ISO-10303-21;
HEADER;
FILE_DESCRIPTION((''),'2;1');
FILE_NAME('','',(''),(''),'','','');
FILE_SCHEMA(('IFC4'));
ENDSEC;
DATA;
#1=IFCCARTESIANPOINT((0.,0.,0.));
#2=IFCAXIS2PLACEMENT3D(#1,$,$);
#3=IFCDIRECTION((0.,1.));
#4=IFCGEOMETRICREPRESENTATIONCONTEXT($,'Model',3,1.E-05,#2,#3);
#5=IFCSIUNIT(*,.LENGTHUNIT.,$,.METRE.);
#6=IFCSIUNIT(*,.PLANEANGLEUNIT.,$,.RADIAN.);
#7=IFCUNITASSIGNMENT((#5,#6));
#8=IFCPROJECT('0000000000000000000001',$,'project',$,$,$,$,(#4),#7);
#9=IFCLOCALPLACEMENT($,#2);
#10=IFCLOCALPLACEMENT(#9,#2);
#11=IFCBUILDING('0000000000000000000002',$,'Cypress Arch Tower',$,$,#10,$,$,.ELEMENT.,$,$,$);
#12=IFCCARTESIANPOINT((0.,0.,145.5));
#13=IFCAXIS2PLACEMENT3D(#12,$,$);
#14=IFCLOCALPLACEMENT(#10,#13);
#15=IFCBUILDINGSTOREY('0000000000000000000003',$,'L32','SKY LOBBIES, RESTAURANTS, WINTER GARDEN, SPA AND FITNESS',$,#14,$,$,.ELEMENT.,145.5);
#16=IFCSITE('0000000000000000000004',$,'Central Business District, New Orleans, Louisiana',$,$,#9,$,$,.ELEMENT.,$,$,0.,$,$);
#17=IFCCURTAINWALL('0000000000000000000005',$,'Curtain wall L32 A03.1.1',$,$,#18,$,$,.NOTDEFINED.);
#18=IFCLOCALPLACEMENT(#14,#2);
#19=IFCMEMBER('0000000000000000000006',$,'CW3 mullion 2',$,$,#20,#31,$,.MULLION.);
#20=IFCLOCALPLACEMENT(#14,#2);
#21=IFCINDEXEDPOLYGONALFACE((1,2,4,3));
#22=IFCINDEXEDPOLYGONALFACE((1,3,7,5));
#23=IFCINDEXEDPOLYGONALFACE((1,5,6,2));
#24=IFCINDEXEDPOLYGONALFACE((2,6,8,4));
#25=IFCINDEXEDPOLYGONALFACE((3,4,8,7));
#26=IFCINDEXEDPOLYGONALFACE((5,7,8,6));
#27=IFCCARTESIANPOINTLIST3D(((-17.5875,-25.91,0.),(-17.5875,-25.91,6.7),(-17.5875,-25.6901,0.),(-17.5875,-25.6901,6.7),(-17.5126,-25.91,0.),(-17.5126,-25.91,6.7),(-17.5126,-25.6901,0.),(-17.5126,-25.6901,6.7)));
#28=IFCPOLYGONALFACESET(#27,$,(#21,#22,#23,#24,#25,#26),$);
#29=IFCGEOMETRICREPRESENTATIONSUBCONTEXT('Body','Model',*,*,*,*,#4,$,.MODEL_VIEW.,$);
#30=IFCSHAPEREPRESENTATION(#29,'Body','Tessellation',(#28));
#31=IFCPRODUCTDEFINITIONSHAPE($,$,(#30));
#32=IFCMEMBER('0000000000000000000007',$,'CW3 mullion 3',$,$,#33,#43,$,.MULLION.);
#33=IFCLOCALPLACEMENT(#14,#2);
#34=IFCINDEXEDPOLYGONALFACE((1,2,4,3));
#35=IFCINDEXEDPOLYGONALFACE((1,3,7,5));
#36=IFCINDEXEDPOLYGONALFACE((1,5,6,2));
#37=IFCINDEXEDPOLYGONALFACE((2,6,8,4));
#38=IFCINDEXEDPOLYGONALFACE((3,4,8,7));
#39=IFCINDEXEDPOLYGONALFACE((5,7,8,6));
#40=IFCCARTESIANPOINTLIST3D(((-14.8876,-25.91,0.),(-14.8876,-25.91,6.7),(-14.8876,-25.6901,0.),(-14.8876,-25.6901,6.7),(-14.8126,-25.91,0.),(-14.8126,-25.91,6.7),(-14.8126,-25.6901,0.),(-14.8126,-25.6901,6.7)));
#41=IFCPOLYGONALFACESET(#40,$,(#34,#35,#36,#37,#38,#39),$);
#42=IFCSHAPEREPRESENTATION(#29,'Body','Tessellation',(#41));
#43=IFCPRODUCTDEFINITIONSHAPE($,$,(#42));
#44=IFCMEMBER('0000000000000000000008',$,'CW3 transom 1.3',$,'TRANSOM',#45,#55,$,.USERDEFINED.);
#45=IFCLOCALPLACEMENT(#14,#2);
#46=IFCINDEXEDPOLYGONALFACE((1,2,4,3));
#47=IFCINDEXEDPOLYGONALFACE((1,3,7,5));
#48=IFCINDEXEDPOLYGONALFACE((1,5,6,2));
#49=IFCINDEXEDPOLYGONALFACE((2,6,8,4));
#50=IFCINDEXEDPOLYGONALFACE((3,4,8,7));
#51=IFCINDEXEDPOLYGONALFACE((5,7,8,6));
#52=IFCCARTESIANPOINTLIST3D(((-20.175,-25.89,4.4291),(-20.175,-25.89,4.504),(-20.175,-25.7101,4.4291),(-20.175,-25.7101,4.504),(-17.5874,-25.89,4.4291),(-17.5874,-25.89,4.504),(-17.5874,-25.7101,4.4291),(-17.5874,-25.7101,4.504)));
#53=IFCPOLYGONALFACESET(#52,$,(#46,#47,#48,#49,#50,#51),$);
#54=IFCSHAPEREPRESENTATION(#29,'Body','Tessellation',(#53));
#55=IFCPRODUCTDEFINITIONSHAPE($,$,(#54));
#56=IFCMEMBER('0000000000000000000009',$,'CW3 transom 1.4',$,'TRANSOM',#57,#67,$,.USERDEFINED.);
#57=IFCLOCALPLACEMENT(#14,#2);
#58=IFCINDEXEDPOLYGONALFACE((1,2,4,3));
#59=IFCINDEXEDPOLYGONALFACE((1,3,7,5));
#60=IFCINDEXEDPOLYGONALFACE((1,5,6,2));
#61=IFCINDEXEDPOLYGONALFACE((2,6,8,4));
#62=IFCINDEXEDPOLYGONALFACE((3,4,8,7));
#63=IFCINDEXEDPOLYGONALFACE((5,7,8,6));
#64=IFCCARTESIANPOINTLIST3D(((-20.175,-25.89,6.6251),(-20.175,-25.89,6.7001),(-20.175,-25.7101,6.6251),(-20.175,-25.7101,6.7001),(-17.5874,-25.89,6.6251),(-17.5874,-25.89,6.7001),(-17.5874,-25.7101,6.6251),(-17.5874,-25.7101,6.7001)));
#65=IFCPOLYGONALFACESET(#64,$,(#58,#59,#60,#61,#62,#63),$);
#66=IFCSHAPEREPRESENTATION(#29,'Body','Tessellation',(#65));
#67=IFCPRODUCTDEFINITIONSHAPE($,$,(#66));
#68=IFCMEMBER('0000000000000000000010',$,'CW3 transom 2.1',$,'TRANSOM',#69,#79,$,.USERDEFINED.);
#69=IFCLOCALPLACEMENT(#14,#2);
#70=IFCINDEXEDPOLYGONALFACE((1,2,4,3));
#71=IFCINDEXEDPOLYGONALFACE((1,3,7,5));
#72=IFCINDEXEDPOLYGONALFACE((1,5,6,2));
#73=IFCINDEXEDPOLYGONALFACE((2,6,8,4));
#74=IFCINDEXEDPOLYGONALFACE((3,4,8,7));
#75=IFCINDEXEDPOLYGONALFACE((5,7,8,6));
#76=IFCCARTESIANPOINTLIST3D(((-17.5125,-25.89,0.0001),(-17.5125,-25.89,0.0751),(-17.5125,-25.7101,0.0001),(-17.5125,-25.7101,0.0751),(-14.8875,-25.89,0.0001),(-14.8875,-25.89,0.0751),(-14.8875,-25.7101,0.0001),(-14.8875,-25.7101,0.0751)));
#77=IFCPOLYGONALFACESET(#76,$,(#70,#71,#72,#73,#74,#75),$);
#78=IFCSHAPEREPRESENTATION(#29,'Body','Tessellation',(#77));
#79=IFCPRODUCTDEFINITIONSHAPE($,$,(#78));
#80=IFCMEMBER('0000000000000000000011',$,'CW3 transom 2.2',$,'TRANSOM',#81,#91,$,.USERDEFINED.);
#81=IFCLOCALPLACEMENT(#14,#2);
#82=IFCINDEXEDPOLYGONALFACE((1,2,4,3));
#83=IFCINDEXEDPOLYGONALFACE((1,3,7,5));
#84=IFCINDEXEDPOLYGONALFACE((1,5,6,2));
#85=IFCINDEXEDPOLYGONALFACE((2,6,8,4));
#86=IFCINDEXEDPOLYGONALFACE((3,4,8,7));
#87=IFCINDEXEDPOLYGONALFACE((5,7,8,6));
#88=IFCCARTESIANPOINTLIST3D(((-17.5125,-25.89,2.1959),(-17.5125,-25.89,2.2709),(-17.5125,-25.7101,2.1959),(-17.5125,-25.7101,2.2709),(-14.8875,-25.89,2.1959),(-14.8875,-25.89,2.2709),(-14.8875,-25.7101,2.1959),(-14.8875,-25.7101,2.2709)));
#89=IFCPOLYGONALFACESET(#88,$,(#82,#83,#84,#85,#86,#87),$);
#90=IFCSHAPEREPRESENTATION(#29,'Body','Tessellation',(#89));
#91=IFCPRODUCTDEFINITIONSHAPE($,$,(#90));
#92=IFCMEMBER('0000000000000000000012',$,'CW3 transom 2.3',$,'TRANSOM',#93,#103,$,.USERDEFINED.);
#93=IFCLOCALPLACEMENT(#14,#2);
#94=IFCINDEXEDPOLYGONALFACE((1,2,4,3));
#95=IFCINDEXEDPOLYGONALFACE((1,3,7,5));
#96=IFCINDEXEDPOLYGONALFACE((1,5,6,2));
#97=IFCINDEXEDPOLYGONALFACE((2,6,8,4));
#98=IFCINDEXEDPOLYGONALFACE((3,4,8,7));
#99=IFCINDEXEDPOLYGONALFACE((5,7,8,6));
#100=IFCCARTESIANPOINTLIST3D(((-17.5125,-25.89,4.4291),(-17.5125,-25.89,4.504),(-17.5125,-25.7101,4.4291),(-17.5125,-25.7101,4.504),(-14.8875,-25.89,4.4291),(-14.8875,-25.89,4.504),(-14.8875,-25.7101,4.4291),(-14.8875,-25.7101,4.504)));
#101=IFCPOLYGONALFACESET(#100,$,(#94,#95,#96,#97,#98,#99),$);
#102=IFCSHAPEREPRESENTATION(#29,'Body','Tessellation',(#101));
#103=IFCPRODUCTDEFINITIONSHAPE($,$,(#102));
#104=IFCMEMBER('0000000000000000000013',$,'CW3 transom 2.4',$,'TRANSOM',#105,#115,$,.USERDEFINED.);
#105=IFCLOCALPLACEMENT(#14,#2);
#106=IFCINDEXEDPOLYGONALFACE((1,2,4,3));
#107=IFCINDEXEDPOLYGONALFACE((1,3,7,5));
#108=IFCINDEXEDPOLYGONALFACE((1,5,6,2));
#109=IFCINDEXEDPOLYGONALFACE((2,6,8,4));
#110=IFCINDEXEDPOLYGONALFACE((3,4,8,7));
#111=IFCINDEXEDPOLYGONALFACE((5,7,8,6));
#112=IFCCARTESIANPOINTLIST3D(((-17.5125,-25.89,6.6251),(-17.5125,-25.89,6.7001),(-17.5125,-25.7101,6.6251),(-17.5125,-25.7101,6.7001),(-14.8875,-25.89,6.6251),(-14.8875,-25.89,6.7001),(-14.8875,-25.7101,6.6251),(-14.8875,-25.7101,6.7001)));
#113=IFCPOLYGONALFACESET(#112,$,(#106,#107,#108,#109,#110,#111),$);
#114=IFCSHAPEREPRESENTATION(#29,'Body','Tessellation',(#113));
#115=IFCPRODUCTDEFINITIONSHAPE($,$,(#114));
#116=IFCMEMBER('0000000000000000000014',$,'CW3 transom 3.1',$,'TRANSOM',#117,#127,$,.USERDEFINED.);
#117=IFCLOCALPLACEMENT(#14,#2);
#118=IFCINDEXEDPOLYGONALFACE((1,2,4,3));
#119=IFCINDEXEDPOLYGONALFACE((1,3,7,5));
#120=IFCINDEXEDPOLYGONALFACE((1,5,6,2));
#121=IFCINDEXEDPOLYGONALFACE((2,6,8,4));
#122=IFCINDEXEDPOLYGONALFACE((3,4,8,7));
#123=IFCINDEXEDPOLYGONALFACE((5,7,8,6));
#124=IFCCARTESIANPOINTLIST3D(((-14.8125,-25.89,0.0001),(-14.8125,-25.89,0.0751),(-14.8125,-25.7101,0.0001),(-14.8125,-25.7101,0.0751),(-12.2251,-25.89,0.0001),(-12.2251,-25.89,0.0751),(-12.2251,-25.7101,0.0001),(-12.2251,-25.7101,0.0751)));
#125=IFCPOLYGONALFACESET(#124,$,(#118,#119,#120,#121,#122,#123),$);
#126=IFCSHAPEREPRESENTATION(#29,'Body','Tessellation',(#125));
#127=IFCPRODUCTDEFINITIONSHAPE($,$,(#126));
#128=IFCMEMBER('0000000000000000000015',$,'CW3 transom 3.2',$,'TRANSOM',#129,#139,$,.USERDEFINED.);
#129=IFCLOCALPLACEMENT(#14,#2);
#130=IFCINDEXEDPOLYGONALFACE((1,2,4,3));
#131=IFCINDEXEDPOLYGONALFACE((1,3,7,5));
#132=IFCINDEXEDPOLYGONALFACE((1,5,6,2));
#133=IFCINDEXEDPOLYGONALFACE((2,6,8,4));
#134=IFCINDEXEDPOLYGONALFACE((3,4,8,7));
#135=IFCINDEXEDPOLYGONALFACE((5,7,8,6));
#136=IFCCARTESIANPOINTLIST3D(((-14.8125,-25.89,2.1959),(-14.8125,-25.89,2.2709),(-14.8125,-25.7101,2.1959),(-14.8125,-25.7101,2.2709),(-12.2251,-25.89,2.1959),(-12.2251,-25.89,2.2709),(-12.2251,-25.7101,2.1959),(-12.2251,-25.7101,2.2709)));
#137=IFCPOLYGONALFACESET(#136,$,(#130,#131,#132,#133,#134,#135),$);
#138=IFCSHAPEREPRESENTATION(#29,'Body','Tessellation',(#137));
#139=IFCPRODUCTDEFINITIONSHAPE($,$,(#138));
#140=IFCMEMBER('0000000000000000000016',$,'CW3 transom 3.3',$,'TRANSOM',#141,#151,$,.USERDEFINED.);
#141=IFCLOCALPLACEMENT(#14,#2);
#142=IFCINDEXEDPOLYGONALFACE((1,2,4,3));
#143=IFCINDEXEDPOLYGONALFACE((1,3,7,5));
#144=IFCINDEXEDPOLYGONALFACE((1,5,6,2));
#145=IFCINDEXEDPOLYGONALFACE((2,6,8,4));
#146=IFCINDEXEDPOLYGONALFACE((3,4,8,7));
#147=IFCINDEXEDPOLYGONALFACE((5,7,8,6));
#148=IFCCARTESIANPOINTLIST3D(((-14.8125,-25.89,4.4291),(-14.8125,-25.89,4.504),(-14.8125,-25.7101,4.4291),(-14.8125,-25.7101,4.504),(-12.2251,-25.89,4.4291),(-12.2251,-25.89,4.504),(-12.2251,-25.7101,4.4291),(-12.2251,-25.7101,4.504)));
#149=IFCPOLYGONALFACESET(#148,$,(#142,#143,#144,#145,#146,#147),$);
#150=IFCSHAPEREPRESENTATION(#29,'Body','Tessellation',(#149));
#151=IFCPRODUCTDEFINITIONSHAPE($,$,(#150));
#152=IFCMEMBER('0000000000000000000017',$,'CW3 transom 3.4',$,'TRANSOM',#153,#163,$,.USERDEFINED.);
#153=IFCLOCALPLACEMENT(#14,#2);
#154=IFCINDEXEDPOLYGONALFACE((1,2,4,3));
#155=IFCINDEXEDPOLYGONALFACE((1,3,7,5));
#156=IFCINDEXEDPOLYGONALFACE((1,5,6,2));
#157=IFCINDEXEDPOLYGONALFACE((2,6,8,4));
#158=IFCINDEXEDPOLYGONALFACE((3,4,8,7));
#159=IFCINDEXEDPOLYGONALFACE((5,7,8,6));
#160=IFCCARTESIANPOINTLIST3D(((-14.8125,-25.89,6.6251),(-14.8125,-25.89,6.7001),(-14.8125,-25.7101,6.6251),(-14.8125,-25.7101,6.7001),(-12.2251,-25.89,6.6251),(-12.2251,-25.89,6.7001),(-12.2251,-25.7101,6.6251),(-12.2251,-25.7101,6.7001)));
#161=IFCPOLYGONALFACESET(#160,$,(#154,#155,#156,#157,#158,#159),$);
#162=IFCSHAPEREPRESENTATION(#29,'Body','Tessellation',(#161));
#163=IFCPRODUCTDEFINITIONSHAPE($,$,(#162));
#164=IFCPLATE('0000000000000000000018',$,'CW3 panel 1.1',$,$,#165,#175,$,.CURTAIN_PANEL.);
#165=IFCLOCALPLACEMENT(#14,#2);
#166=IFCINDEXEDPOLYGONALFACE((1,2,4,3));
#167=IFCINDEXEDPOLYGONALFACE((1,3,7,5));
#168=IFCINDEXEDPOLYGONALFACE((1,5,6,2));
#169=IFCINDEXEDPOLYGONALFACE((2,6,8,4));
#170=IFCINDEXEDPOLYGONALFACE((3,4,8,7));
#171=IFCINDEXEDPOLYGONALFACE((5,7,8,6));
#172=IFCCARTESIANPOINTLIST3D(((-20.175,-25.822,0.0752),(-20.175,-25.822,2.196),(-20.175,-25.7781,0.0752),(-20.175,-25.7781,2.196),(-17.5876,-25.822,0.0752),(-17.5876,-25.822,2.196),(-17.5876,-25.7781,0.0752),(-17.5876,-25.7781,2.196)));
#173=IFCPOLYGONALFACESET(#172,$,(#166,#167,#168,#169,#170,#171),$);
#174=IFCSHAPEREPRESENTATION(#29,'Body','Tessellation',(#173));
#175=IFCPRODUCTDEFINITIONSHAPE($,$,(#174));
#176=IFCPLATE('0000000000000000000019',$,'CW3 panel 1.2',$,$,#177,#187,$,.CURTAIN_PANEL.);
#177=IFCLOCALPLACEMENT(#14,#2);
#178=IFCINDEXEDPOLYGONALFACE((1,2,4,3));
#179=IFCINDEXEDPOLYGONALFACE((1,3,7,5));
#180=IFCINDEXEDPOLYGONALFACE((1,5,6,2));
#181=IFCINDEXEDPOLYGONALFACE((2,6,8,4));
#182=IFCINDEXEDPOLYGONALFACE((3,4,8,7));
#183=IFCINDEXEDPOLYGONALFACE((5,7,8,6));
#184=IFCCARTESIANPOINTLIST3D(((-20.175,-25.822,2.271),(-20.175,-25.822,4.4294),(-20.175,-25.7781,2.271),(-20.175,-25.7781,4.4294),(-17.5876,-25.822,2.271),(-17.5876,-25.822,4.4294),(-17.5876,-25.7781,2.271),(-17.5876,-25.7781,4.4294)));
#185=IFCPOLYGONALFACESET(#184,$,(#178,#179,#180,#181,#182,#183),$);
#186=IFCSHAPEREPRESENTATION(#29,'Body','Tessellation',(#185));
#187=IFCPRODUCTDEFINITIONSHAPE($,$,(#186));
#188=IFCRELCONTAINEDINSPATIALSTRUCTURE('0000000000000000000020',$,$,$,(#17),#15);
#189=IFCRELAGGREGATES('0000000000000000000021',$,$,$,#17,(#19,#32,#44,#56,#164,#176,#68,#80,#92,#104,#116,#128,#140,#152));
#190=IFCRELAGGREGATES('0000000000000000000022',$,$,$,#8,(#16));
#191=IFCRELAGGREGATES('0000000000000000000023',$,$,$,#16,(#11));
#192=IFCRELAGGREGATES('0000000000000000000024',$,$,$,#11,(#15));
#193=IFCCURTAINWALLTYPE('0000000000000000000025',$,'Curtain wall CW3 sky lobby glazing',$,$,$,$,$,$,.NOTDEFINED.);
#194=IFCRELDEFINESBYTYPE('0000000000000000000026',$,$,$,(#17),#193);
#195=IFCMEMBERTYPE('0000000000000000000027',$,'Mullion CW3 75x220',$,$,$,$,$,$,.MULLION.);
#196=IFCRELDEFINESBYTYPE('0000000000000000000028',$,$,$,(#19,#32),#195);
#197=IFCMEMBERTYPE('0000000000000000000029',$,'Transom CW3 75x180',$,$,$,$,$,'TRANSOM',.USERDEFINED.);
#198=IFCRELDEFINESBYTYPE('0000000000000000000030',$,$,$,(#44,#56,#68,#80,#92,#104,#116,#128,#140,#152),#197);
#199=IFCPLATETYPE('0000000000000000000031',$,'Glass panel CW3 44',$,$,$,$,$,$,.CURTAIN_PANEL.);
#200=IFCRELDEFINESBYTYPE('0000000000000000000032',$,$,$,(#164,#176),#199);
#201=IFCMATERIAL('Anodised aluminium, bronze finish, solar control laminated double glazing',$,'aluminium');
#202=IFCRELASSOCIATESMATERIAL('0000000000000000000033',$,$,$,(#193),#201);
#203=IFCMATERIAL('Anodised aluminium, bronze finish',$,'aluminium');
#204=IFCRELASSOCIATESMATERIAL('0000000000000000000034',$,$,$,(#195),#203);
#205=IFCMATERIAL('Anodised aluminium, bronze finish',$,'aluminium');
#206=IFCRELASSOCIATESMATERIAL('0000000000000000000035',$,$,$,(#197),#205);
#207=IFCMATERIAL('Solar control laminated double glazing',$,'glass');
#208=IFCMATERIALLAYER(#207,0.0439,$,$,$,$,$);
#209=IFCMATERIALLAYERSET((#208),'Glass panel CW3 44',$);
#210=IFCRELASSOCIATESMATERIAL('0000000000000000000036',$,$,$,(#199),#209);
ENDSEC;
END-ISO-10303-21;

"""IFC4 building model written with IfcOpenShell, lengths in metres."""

from ifc_helpers import new_model, si_unit, direction, frame, origin, origin_2d, place, context, subcontext, project, spatial, rectangle, extrude, material, layer, layer_set, material_profile, profile_set, type_object, element, aggregate, save


model = new_model("IFC4")

# Units and contexts
model_context = context("Model", 3, precision=1e-05, world=origin(), true_north=direction((0.0, 1.0)))
body_context = subcontext(model_context, "Body", "Model", "MODEL_VIEW")
ifc_project = project(units=[si_unit("LENGTHUNIT", "METRE"), si_unit("PLANEANGLEUNIT", "RADIAN")], contexts=[model_context])

# Site, building, storey
site_placement = place(None, origin())
site = spatial("IfcSite", under=ifc_project, at=site_placement, Name="Central Business District, New Orleans, Louisiana", CompositionType="ELEMENT", RefElevation=0.0)
building_placement = place(site_placement, origin())
building = spatial("IfcBuilding", under=site, at=building_placement, Name="Cypress Arch Tower", CompositionType="ELEMENT")
storey_placement = place(building_placement, frame((0.0, 0.0, 145.5)))
storey = spatial("IfcBuildingStorey", under=building, at=storey_placement, Name="L32", Description="SKY LOBBIES, RESTAURANTS, WINTER GARDEN, SPA AND FITNESS", CompositionType="ELEMENT", Elevation=145.5)

# Curtain wall, members, plates
ifc_material_1 = material(Name="Anodised aluminium, bronze finish, solar control laminated double glazing", Category="aluminium")
curtain_wall_type = type_object("IfcCurtainWallType", Name="Curtain wall CW3 sky lobby glazing", PredefinedType="NOTDEFINED", material=ifc_material_1)
curtain_wall_placement = place(storey_placement, origin())
curtain_wall = element("IfcCurtainWall", 1, at=curtain_wall_placement, inside=storey, type_object=curtain_wall_type, Name="Curtain wall L32 A03.1.1", PredefinedType="NOTDEFINED")
ifc_material_2 = material(Name="Anodised aluminium, bronze finish", Category="aluminium")
ifc_material_profile_1 = material_profile(ifc_material_2, rectangle(XDim=0.22, YDim=0.075, at=origin_2d()), Name="Mullion 75x220")
ifc_profile_set_1 = profile_set([ifc_material_profile_1], Name="Anodised aluminium, bronze finish")
member_type_1 = type_object("IfcMemberType", Name="Mullion CW3 75x220", PredefinedType="MULLION", material=ifc_profile_set_1)
member_1_placement = place(storey_placement, frame((-17.55, -25.8, 0.0), z_axis=(0.0, 0.0, 1.0), x_axis=(0.0, 1.0, 0.0)))
member_1 = element("IfcMember", 2, at=member_1_placement, type_object=member_type_1, Name="CW3 mullion 2", PredefinedType="MULLION", context=body_context, shape_type="SweptSolid", body=[
    extrude(rectangle(XDim=0.22, YDim=0.075, at=origin_2d()), origin(), (0.0, 0.0, 1.0), 6.7),
])
member_2_placement = place(storey_placement, frame((-14.8501, -25.8, 0.0), z_axis=(0.0, 0.0, 1.0), x_axis=(0.0, 1.0, 0.0)))
member_2 = element("IfcMember", 3, at=member_2_placement, type_object=member_type_1, Name="CW3 mullion 3", PredefinedType="MULLION", context=body_context, shape_type="SweptSolid", body=[
    extrude(rectangle(XDim=0.22, YDim=0.075, at=origin_2d()), origin(), (0.0, 0.0, 1.0), 6.7),
])
ifc_material_3 = material(Name="Anodised aluminium, bronze finish", Category="aluminium")
ifc_material_profile_2 = material_profile(ifc_material_3, rectangle(XDim=0.1799, YDim=0.075, at=origin_2d()), Name="Transom 75x180")
ifc_profile_set_2 = profile_set([ifc_material_profile_2], Name="Anodised aluminium, bronze finish")
member_type_2 = type_object("IfcMemberType", Name="Transom CW3 75x180", ElementType="TRANSOM", PredefinedType="USERDEFINED", material=ifc_profile_set_2)
member_3_placement = place(storey_placement, frame((-20.175, -25.8, 4.4666), z_axis=(1.0, 0.0, 0.0), x_axis=(0.0, 1.0, 0.0)))
member_3 = element("IfcMember", 4, at=member_3_placement, type_object=member_type_2, Name="CW3 transom 1.3", ObjectType="TRANSOM", PredefinedType="USERDEFINED", context=body_context, shape_type="SweptSolid", body=[
    extrude(rectangle(XDim=0.1799, YDim=0.075, at=origin_2d()), origin(), (0.0, 0.0, 1.0), 2.5876),
])
member_4_placement = place(storey_placement, frame((-20.175, -25.8, 6.6626), z_axis=(1.0, 0.0, 0.0), x_axis=(0.0, 1.0, 0.0)))
member_4 = element("IfcMember", 5, at=member_4_placement, type_object=member_type_2, Name="CW3 transom 1.4", ObjectType="TRANSOM", PredefinedType="USERDEFINED", context=body_context, shape_type="SweptSolid", body=[
    extrude(rectangle(XDim=0.1799, YDim=0.075, at=origin_2d()), origin(), (0.0, 0.0, 1.0), 2.5876),
])
member_5_placement = place(storey_placement, frame((-17.5125, -25.8, 0.0376), z_axis=(1.0, 0.0, 0.0), x_axis=(0.0, 1.0, 0.0)))
member_5 = element("IfcMember", 6, at=member_5_placement, type_object=member_type_2, Name="CW3 transom 2.1", ObjectType="TRANSOM", PredefinedType="USERDEFINED", context=body_context, shape_type="SweptSolid", body=[
    extrude(rectangle(XDim=0.1799, YDim=0.075, at=origin_2d()), origin(), (0.0, 0.0, 1.0), 2.625),
])
member_6_placement = place(storey_placement, frame((-17.5125, -25.8, 2.2334), z_axis=(1.0, 0.0, 0.0), x_axis=(0.0, 1.0, 0.0)))
member_6 = element("IfcMember", 7, at=member_6_placement, type_object=member_type_2, Name="CW3 transom 2.2", ObjectType="TRANSOM", PredefinedType="USERDEFINED", context=body_context, shape_type="SweptSolid", body=[
    extrude(rectangle(XDim=0.1799, YDim=0.075, at=origin_2d()), origin(), (0.0, 0.0, 1.0), 2.625),
])
member_7_placement = place(storey_placement, frame((-17.5125, -25.8, 4.4666), z_axis=(1.0, 0.0, 0.0), x_axis=(0.0, 1.0, 0.0)))
member_7 = element("IfcMember", 8, at=member_7_placement, type_object=member_type_2, Name="CW3 transom 2.3", ObjectType="TRANSOM", PredefinedType="USERDEFINED", context=body_context, shape_type="SweptSolid", body=[
    extrude(rectangle(XDim=0.1799, YDim=0.075, at=origin_2d()), origin(), (0.0, 0.0, 1.0), 2.625),
])
member_8_placement = place(storey_placement, frame((-17.5125, -25.8, 6.6626), z_axis=(1.0, 0.0, 0.0), x_axis=(0.0, 1.0, 0.0)))
member_8 = element("IfcMember", 9, at=member_8_placement, type_object=member_type_2, Name="CW3 transom 2.4", ObjectType="TRANSOM", PredefinedType="USERDEFINED", context=body_context, shape_type="SweptSolid", body=[
    extrude(rectangle(XDim=0.1799, YDim=0.075, at=origin_2d()), origin(), (0.0, 0.0, 1.0), 2.625),
])
member_9_placement = place(storey_placement, frame((-14.8125, -25.8, 0.0376), z_axis=(1.0, 0.0, 0.0), x_axis=(0.0, 1.0, 0.0)))
member_9 = element("IfcMember", 10, at=member_9_placement, type_object=member_type_2, Name="CW3 transom 3.1", ObjectType="TRANSOM", PredefinedType="USERDEFINED", context=body_context, shape_type="SweptSolid", body=[
    extrude(rectangle(XDim=0.1799, YDim=0.075, at=origin_2d()), origin(), (0.0, 0.0, 1.0), 2.5874),
])
member_10_placement = place(storey_placement, frame((-14.8125, -25.8, 2.2334), z_axis=(1.0, 0.0, 0.0), x_axis=(0.0, 1.0, 0.0)))
member_10 = element("IfcMember", 11, at=member_10_placement, type_object=member_type_2, Name="CW3 transom 3.2", ObjectType="TRANSOM", PredefinedType="USERDEFINED", context=body_context, shape_type="SweptSolid", body=[
    extrude(rectangle(XDim=0.1799, YDim=0.075, at=origin_2d()), origin(), (0.0, 0.0, 1.0), 2.5874),
])
member_11_placement = place(storey_placement, frame((-14.8125, -25.8, 4.4666), z_axis=(1.0, 0.0, 0.0), x_axis=(0.0, 1.0, 0.0)))
member_11 = element("IfcMember", 12, at=member_11_placement, type_object=member_type_2, Name="CW3 transom 3.3", ObjectType="TRANSOM", PredefinedType="USERDEFINED", context=body_context, shape_type="SweptSolid", body=[
    extrude(rectangle(XDim=0.1799, YDim=0.075, at=origin_2d()), origin(), (0.0, 0.0, 1.0), 2.5874),
])
member_12_placement = place(storey_placement, frame((-14.8125, -25.8, 6.6626), z_axis=(1.0, 0.0, 0.0), x_axis=(0.0, 1.0, 0.0)))
member_12 = element("IfcMember", 13, at=member_12_placement, type_object=member_type_2, Name="CW3 transom 3.4", ObjectType="TRANSOM", PredefinedType="USERDEFINED", context=body_context, shape_type="SweptSolid", body=[
    extrude(rectangle(XDim=0.1799, YDim=0.075, at=origin_2d()), origin(), (0.0, 0.0, 1.0), 2.5874),
])
ifc_material_4 = material(Name="Solar control laminated double glazing", Category="glass")
ifc_layer = layer(ifc_material_4, 0.0439)
ifc_layer_set = layer_set([ifc_layer], Name="Glass panel CW3 44")
plate_type = type_object("IfcPlateType", Name="Glass panel CW3 44", PredefinedType="CURTAIN_PANEL", material=ifc_layer_set)
plate_1_placement = place(storey_placement, frame((-18.8813, -25.8, 0.0752), z_axis=(0.0, 0.0, 1.0), x_axis=(1.0, 0.0, 0.0)))
plate_1 = element("IfcPlate", 14, at=plate_1_placement, type_object=plate_type, Name="CW3 panel 1.1", PredefinedType="CURTAIN_PANEL", context=body_context, shape_type="SweptSolid", body=[
    extrude(rectangle(XDim=2.5874, YDim=0.0439, at=origin_2d()), origin(), (0.0, 0.0, 1.0), 2.1208),
])
plate_2_placement = place(storey_placement, frame((-18.8813, -25.8, 2.271), z_axis=(0.0, 0.0, 1.0), x_axis=(1.0, 0.0, 0.0)))
plate_2 = element("IfcPlate", 15, at=plate_2_placement, type_object=plate_type, Name="CW3 panel 1.2", PredefinedType="CURTAIN_PANEL", context=body_context, shape_type="SweptSolid", body=[
    extrude(rectangle(XDim=2.5874, YDim=0.0439, at=origin_2d()), origin(), (0.0, 0.0, 1.0), 2.1584),
])
aggregate(curtain_wall, [member_1, member_2, member_3, member_4, plate_1, plate_2, member_5, member_6, member_7, member_8, member_9, member_10, member_11, member_12])

save(model, "model.ifc")
